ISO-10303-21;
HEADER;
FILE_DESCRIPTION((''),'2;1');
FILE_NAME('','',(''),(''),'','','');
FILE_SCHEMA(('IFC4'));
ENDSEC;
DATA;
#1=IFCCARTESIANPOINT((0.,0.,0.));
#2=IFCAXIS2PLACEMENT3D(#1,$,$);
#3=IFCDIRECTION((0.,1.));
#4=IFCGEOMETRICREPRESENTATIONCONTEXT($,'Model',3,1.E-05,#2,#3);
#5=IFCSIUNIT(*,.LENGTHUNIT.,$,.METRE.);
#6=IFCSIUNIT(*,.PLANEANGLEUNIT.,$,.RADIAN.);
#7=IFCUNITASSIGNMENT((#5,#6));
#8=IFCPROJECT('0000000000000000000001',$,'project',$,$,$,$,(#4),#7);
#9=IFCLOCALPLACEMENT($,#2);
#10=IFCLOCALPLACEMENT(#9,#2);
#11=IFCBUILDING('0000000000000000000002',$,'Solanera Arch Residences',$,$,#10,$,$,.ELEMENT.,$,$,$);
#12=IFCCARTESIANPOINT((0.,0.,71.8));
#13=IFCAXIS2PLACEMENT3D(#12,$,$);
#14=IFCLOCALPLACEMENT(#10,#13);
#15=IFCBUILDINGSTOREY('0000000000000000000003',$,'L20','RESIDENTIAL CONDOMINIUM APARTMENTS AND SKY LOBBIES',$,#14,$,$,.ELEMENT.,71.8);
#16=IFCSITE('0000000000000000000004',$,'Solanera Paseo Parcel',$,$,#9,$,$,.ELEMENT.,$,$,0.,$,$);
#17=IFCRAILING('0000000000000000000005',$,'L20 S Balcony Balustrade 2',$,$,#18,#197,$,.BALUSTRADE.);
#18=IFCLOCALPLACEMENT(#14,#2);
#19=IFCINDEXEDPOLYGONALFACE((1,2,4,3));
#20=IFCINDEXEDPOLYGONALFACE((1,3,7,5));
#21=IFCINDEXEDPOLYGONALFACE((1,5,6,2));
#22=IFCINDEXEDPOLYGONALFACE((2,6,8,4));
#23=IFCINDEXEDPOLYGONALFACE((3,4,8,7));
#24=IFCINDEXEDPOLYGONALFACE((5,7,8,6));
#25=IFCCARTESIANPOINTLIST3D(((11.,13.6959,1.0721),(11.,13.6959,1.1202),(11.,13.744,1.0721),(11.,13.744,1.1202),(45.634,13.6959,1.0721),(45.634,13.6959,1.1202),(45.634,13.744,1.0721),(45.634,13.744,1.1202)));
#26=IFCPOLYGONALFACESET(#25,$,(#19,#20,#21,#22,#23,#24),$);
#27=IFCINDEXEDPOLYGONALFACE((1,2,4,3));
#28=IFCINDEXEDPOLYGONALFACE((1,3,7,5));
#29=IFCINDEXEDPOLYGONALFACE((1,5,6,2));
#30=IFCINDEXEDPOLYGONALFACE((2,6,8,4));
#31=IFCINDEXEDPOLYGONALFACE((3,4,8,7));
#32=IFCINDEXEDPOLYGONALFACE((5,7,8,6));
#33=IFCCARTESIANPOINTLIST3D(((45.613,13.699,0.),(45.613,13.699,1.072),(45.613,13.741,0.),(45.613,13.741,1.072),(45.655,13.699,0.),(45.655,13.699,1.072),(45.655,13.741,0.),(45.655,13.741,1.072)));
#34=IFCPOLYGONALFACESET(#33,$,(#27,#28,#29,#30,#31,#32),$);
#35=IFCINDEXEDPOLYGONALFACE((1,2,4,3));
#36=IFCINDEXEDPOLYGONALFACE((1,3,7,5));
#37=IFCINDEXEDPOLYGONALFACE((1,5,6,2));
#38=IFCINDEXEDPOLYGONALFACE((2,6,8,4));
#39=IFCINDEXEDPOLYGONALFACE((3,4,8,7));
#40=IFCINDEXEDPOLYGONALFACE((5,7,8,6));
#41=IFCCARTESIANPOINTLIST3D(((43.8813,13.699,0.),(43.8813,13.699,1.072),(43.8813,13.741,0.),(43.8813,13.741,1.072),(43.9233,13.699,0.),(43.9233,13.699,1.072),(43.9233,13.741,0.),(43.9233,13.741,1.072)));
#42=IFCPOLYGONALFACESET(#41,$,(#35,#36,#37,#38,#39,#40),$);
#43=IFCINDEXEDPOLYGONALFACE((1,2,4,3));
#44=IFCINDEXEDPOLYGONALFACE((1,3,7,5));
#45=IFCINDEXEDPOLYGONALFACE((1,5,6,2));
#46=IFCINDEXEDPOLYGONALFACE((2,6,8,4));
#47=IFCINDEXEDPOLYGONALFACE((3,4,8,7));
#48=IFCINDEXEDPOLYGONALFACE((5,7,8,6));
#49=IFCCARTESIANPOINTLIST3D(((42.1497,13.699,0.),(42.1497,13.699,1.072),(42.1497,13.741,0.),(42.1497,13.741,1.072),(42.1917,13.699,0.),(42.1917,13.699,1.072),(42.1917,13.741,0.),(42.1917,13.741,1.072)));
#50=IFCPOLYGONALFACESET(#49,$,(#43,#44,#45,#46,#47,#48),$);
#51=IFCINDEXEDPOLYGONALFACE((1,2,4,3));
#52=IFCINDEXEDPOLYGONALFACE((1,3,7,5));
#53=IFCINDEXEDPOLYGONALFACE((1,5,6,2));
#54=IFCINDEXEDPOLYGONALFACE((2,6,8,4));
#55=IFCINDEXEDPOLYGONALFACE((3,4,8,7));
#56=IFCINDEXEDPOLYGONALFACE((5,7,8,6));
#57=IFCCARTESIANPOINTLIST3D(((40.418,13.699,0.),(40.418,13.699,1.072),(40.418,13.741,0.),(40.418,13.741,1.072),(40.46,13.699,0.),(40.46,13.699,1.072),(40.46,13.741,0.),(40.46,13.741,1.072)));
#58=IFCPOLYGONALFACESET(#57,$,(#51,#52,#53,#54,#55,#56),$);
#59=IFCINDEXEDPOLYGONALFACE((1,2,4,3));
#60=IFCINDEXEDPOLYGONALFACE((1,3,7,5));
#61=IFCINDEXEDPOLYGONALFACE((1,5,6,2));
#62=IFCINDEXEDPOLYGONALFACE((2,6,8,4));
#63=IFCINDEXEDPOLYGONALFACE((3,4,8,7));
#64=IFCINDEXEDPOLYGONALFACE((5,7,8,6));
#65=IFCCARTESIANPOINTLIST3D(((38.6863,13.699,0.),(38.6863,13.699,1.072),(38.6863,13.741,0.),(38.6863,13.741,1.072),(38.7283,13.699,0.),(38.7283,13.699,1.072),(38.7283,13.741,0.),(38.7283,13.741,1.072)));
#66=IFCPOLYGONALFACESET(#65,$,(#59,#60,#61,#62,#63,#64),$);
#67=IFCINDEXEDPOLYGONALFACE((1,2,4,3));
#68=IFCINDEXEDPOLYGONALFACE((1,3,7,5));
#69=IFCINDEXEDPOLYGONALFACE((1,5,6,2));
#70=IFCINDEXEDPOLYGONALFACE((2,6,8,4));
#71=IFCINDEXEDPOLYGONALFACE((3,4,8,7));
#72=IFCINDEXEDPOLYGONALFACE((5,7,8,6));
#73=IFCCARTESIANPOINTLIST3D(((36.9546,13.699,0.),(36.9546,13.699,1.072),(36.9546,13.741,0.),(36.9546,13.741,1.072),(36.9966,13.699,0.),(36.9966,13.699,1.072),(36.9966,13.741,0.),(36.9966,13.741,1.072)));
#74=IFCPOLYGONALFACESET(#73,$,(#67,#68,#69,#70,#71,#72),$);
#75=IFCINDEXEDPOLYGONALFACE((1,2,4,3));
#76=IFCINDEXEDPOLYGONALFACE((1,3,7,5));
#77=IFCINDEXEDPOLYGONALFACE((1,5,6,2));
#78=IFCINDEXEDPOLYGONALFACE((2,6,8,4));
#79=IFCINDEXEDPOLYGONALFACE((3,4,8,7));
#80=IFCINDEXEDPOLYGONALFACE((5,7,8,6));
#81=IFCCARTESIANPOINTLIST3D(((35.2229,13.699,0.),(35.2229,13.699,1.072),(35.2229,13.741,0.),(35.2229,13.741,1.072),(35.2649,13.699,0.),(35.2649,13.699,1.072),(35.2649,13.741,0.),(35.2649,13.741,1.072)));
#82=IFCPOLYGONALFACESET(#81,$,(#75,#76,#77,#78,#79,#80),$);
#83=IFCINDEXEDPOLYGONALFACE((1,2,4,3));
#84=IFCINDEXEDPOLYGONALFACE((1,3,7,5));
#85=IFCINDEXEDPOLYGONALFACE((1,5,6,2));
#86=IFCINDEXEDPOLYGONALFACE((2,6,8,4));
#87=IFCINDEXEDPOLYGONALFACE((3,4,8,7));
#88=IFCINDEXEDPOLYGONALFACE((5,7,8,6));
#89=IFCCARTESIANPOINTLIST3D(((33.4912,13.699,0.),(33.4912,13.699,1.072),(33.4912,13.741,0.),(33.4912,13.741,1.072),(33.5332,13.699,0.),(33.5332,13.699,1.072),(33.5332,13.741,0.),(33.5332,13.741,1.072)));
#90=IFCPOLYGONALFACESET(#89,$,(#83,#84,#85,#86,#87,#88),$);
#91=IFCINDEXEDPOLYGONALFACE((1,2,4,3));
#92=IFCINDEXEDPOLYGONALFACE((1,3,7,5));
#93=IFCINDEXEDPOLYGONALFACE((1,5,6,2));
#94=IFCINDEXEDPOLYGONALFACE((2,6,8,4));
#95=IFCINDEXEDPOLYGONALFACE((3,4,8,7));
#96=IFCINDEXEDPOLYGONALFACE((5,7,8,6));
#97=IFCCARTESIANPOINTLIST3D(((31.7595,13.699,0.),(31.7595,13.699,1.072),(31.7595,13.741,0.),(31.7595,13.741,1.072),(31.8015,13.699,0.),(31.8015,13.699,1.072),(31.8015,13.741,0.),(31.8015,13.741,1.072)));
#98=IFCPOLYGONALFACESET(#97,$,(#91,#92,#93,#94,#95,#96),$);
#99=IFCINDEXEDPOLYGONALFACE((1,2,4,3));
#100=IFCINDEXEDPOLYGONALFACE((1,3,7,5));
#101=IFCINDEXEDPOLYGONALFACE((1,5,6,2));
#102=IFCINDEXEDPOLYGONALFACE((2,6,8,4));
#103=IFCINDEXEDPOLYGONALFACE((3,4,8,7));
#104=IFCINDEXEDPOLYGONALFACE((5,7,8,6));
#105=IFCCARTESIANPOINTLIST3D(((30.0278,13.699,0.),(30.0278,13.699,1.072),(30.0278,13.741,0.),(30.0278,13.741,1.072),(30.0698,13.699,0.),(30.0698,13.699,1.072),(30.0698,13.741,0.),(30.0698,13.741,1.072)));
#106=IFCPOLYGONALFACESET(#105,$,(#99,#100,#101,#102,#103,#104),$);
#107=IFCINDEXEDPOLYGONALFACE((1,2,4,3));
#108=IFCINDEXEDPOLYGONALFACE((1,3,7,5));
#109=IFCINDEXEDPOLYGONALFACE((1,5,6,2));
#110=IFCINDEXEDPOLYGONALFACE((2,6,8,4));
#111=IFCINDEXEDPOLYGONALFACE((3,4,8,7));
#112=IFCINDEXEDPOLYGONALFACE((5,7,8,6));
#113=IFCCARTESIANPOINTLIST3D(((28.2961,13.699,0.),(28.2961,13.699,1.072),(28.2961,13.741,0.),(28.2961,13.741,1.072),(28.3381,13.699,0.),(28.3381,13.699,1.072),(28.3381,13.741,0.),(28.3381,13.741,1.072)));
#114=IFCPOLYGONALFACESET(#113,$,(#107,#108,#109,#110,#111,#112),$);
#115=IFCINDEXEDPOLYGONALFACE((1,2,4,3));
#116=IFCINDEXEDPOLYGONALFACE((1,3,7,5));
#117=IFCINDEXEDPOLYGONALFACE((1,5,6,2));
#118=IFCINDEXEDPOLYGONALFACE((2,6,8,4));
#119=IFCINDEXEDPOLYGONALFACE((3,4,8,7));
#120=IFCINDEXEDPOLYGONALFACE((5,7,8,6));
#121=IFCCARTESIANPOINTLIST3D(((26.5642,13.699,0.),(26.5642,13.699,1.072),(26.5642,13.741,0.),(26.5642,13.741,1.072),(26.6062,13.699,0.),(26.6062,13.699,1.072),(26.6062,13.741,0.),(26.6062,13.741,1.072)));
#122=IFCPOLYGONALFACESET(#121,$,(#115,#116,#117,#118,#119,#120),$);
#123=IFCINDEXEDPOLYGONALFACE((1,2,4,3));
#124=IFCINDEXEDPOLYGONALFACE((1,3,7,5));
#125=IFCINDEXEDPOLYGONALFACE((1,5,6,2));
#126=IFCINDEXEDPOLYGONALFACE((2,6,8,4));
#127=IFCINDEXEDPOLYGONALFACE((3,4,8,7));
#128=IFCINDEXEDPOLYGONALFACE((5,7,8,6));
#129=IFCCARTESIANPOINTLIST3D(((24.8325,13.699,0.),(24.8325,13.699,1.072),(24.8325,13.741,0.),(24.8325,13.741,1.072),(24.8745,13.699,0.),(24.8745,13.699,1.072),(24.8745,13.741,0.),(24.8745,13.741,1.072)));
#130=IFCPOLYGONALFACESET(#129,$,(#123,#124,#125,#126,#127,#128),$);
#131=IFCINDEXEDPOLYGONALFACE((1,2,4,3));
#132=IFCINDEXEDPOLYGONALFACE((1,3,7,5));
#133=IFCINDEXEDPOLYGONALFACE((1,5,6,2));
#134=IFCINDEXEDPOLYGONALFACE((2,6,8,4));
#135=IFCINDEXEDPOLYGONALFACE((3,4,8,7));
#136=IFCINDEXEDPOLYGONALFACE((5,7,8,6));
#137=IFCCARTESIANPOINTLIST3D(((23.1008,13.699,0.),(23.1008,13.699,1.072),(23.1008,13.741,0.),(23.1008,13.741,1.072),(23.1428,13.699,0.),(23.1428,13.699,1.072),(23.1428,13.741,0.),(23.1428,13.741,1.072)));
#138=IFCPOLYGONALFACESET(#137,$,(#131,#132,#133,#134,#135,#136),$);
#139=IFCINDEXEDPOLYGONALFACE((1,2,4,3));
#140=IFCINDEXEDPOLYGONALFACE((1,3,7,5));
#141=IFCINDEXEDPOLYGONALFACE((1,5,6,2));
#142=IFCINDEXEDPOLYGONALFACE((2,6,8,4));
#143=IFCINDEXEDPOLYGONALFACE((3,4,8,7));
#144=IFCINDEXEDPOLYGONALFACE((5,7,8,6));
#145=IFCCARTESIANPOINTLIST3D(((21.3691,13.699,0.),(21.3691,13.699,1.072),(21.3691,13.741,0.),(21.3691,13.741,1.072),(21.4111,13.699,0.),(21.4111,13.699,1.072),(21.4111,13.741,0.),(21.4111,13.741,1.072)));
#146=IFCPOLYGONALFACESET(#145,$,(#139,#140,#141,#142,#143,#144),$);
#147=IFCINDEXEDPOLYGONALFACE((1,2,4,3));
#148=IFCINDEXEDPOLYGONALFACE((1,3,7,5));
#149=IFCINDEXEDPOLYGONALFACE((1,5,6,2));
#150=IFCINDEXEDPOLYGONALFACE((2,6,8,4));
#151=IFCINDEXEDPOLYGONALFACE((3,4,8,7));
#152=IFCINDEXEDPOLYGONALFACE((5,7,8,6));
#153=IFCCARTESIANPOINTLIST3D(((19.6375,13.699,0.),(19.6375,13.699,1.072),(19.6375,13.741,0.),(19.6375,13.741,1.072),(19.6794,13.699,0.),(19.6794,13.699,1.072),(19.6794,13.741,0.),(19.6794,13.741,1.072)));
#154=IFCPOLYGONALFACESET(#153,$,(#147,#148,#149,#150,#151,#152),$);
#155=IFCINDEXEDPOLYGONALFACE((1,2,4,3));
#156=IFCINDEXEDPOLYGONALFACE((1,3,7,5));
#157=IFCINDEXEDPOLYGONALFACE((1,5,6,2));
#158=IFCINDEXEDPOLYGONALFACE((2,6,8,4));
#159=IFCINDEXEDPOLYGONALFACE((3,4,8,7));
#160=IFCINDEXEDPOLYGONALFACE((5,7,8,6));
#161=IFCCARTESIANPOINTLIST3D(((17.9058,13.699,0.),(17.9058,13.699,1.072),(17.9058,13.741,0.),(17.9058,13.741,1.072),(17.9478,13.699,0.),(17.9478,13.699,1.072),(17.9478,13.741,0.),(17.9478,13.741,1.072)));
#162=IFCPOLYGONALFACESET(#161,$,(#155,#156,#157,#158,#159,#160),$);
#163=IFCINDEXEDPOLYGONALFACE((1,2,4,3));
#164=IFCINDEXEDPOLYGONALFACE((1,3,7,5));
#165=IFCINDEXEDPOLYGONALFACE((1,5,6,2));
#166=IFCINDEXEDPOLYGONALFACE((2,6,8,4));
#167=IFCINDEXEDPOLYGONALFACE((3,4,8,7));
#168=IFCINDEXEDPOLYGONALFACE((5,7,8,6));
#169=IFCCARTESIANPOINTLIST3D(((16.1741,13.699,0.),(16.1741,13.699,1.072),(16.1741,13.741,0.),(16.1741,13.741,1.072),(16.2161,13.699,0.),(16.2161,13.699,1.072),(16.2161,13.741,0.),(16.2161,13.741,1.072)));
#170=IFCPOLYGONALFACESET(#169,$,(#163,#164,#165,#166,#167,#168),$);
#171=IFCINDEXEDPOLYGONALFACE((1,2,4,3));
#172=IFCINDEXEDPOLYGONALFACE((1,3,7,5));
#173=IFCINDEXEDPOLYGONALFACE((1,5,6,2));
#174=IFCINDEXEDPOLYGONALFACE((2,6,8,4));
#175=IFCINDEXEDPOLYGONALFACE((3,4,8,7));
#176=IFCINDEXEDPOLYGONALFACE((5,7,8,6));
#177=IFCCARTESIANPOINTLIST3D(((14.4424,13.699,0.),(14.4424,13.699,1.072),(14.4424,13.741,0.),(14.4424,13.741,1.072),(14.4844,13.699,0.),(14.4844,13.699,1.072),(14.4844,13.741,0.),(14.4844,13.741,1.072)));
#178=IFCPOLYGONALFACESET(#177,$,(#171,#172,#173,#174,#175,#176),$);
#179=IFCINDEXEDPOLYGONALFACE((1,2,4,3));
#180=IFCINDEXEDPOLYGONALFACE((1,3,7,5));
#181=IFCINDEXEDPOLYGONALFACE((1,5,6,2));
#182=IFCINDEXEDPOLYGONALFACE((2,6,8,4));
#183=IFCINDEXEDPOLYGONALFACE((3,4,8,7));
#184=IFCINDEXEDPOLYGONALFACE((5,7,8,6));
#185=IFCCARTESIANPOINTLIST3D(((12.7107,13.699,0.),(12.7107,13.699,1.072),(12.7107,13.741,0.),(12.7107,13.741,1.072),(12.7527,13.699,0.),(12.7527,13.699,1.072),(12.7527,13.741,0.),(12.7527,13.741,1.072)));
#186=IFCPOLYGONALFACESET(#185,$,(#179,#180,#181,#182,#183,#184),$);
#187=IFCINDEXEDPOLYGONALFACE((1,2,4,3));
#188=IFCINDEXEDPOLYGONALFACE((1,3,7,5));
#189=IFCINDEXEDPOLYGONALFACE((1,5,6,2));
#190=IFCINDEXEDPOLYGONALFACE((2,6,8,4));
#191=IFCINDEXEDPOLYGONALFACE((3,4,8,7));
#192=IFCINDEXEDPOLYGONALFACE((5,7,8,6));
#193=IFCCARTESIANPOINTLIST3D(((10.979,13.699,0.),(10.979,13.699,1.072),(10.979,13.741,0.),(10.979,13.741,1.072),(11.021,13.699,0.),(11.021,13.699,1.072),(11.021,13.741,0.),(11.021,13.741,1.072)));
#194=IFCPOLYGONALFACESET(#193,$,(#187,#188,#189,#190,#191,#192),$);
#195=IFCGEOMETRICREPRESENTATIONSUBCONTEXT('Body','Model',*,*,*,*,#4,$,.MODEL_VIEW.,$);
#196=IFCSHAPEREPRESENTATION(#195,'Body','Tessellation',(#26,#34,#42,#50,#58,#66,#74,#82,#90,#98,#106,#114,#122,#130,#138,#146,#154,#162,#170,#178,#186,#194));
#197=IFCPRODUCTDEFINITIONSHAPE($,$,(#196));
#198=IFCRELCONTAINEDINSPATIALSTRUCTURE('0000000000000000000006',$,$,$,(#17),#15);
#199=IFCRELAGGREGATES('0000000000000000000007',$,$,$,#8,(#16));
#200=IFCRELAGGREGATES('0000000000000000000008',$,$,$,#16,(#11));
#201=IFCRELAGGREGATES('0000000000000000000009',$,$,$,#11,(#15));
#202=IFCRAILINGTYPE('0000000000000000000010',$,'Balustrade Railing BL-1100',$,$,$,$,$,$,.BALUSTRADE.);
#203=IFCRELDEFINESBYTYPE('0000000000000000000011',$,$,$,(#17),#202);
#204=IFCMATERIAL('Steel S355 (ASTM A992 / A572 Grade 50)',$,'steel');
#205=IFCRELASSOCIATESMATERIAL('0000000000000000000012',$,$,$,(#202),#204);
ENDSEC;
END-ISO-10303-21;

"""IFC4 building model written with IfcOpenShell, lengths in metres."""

from ifc_helpers import new_model, si_unit, direction, frame, origin, origin_2d, place, context, subcontext, project, spatial, rectangle, extrude, material, type_object, element, save


model = new_model("IFC4")

# Units and contexts
model_context = context("Model", 3, precision=1e-05, world=origin(), true_north=direction((0.0, 1.0)))
body_context = subcontext(model_context, "Body", "Model", "MODEL_VIEW")
ifc_project = project(units=[si_unit("LENGTHUNIT", "METRE"), si_unit("PLANEANGLEUNIT", "RADIAN")], contexts=[model_context])

# Site, building, storey
site_placement = place(None, origin())
site = spatial("IfcSite", under=ifc_project, at=site_placement, Name="Solanera Paseo Parcel", CompositionType="ELEMENT", RefElevation=0.0)
building_placement = place(site_placement, origin())
building = spatial("IfcBuilding", under=site, at=building_placement, Name="Solanera Arch Residences", CompositionType="ELEMENT")
storey_placement = place(building_placement, frame((0.0, 0.0, 71.8)))
storey = spatial("IfcBuildingStorey", under=building, at=storey_placement, Name="L20", Description="RESIDENTIAL CONDOMINIUM APARTMENTS AND SKY LOBBIES", CompositionType="ELEMENT", Elevation=71.8)

# Railing
ifc_material_1 = material(Name="Steel S355 (ASTM A992 / A572 Grade 50)", Category="steel")
railing_type = type_object("IfcRailingType", Name="Balustrade Railing BL-1100", PredefinedType="BALUSTRADE", material=ifc_material_1)
railing_1_placement = place(storey_placement, frame((45.634, 13.72, 0.0)))
element("IfcRailing", 1, at=railing_1_placement, inside=storey, type_object=railing_type, Name="L20 S Balcony Balustrade 2", PredefinedType="BALUSTRADE", context=body_context, shape_type="SweptSolid", body=[
    extrude(rectangle(XDim=0.0481, YDim=0.0481, at=origin_2d()), frame((0.0, 0.0, 1.0962), z_axis=(-1.0, 0.0, 0.0), x_axis=(0.0, -1.0, 0.0)), (0.0, 0.0, 1.0), 34.634),
    extrude(rectangle(XDim=0.042, YDim=0.042, at=origin_2d()), origin(), (0.0, 0.0, 1.0), 1.072),
    extrude(rectangle(XDim=0.042, YDim=0.042, at=origin_2d()), frame((-1.7317, 0.0, 0.0)), (0.0, 0.0, 1.0), 1.072),
    extrude(rectangle(XDim=0.042, YDim=0.042, at=origin_2d()), frame((-3.4634, 0.0, 0.0)), (0.0, 0.0, 1.0), 1.072),
    extrude(rectangle(XDim=0.042, YDim=0.042, at=origin_2d()), frame((-5.1951, 0.0, 0.0)), (0.0, 0.0, 1.0), 1.072),
    extrude(rectangle(XDim=0.042, YDim=0.042, at=origin_2d()), frame((-6.9268, 0.0, 0.0)), (0.0, 0.0, 1.0), 1.072),
    extrude(rectangle(XDim=0.042, YDim=0.042, at=origin_2d()), frame((-8.6584, 0.0, 0.0)), (0.0, 0.0, 1.0), 1.072),
    extrude(rectangle(XDim=0.042, YDim=0.042, at=origin_2d()), frame((-10.3901, 0.0, 0.0)), (0.0, 0.0, 1.0), 1.072),
    extrude(rectangle(XDim=0.042, YDim=0.042, at=origin_2d()), frame((-12.1218, 0.0, 0.0)), (0.0, 0.0, 1.0), 1.072),
    extrude(rectangle(XDim=0.042, YDim=0.042, at=origin_2d()), frame((-13.8535, 0.0, 0.0)), (0.0, 0.0, 1.0), 1.072),
    extrude(rectangle(XDim=0.042, YDim=0.042, at=origin_2d()), frame((-15.5852, 0.0, 0.0)), (0.0, 0.0, 1.0), 1.072),
    extrude(rectangle(XDim=0.042, YDim=0.042, at=origin_2d()), frame((-17.3169, 0.0, 0.0)), (0.0, 0.0, 1.0), 1.072),
    extrude(rectangle(XDim=0.042, YDim=0.042, at=origin_2d()), frame((-19.0488, 0.0, 0.0)), (0.0, 0.0, 1.0), 1.072),
    extrude(rectangle(XDim=0.042, YDim=0.042, at=origin_2d()), frame((-20.7805, 0.0, 0.0)), (0.0, 0.0, 1.0), 1.072),
    extrude(rectangle(XDim=0.042, YDim=0.042, at=origin_2d()), frame((-22.5122, 0.0, 0.0)), (0.0, 0.0, 1.0), 1.072),
    extrude(rectangle(XDim=0.042, YDim=0.042, at=origin_2d()), frame((-24.2439, 0.0, 0.0)), (0.0, 0.0, 1.0), 1.072),
    extrude(rectangle(XDim=0.042, YDim=0.042, at=origin_2d()), frame((-25.9756, 0.0, 0.0)), (0.0, 0.0, 1.0), 1.072),
    extrude(rectangle(XDim=0.042, YDim=0.042, at=origin_2d()), frame((-27.7073, 0.0, 0.0)), (0.0, 0.0, 1.0), 1.072),
    extrude(rectangle(XDim=0.042, YDim=0.042, at=origin_2d()), frame((-29.439, 0.0, 0.0)), (0.0, 0.0, 1.0), 1.072),
    extrude(rectangle(XDim=0.042, YDim=0.042, at=origin_2d()), frame((-31.1707, 0.0, 0.0)), (0.0, 0.0, 1.0), 1.072),
    extrude(rectangle(XDim=0.042, YDim=0.042, at=origin_2d()), frame((-32.9023, 0.0, 0.0)), (0.0, 0.0, 1.0), 1.072),
    extrude(rectangle(XDim=0.042, YDim=0.042, at=origin_2d()), frame((-34.634, 0.0, 0.0)), (0.0, 0.0, 1.0), 1.072),
])

save(model, "model.ifc")
